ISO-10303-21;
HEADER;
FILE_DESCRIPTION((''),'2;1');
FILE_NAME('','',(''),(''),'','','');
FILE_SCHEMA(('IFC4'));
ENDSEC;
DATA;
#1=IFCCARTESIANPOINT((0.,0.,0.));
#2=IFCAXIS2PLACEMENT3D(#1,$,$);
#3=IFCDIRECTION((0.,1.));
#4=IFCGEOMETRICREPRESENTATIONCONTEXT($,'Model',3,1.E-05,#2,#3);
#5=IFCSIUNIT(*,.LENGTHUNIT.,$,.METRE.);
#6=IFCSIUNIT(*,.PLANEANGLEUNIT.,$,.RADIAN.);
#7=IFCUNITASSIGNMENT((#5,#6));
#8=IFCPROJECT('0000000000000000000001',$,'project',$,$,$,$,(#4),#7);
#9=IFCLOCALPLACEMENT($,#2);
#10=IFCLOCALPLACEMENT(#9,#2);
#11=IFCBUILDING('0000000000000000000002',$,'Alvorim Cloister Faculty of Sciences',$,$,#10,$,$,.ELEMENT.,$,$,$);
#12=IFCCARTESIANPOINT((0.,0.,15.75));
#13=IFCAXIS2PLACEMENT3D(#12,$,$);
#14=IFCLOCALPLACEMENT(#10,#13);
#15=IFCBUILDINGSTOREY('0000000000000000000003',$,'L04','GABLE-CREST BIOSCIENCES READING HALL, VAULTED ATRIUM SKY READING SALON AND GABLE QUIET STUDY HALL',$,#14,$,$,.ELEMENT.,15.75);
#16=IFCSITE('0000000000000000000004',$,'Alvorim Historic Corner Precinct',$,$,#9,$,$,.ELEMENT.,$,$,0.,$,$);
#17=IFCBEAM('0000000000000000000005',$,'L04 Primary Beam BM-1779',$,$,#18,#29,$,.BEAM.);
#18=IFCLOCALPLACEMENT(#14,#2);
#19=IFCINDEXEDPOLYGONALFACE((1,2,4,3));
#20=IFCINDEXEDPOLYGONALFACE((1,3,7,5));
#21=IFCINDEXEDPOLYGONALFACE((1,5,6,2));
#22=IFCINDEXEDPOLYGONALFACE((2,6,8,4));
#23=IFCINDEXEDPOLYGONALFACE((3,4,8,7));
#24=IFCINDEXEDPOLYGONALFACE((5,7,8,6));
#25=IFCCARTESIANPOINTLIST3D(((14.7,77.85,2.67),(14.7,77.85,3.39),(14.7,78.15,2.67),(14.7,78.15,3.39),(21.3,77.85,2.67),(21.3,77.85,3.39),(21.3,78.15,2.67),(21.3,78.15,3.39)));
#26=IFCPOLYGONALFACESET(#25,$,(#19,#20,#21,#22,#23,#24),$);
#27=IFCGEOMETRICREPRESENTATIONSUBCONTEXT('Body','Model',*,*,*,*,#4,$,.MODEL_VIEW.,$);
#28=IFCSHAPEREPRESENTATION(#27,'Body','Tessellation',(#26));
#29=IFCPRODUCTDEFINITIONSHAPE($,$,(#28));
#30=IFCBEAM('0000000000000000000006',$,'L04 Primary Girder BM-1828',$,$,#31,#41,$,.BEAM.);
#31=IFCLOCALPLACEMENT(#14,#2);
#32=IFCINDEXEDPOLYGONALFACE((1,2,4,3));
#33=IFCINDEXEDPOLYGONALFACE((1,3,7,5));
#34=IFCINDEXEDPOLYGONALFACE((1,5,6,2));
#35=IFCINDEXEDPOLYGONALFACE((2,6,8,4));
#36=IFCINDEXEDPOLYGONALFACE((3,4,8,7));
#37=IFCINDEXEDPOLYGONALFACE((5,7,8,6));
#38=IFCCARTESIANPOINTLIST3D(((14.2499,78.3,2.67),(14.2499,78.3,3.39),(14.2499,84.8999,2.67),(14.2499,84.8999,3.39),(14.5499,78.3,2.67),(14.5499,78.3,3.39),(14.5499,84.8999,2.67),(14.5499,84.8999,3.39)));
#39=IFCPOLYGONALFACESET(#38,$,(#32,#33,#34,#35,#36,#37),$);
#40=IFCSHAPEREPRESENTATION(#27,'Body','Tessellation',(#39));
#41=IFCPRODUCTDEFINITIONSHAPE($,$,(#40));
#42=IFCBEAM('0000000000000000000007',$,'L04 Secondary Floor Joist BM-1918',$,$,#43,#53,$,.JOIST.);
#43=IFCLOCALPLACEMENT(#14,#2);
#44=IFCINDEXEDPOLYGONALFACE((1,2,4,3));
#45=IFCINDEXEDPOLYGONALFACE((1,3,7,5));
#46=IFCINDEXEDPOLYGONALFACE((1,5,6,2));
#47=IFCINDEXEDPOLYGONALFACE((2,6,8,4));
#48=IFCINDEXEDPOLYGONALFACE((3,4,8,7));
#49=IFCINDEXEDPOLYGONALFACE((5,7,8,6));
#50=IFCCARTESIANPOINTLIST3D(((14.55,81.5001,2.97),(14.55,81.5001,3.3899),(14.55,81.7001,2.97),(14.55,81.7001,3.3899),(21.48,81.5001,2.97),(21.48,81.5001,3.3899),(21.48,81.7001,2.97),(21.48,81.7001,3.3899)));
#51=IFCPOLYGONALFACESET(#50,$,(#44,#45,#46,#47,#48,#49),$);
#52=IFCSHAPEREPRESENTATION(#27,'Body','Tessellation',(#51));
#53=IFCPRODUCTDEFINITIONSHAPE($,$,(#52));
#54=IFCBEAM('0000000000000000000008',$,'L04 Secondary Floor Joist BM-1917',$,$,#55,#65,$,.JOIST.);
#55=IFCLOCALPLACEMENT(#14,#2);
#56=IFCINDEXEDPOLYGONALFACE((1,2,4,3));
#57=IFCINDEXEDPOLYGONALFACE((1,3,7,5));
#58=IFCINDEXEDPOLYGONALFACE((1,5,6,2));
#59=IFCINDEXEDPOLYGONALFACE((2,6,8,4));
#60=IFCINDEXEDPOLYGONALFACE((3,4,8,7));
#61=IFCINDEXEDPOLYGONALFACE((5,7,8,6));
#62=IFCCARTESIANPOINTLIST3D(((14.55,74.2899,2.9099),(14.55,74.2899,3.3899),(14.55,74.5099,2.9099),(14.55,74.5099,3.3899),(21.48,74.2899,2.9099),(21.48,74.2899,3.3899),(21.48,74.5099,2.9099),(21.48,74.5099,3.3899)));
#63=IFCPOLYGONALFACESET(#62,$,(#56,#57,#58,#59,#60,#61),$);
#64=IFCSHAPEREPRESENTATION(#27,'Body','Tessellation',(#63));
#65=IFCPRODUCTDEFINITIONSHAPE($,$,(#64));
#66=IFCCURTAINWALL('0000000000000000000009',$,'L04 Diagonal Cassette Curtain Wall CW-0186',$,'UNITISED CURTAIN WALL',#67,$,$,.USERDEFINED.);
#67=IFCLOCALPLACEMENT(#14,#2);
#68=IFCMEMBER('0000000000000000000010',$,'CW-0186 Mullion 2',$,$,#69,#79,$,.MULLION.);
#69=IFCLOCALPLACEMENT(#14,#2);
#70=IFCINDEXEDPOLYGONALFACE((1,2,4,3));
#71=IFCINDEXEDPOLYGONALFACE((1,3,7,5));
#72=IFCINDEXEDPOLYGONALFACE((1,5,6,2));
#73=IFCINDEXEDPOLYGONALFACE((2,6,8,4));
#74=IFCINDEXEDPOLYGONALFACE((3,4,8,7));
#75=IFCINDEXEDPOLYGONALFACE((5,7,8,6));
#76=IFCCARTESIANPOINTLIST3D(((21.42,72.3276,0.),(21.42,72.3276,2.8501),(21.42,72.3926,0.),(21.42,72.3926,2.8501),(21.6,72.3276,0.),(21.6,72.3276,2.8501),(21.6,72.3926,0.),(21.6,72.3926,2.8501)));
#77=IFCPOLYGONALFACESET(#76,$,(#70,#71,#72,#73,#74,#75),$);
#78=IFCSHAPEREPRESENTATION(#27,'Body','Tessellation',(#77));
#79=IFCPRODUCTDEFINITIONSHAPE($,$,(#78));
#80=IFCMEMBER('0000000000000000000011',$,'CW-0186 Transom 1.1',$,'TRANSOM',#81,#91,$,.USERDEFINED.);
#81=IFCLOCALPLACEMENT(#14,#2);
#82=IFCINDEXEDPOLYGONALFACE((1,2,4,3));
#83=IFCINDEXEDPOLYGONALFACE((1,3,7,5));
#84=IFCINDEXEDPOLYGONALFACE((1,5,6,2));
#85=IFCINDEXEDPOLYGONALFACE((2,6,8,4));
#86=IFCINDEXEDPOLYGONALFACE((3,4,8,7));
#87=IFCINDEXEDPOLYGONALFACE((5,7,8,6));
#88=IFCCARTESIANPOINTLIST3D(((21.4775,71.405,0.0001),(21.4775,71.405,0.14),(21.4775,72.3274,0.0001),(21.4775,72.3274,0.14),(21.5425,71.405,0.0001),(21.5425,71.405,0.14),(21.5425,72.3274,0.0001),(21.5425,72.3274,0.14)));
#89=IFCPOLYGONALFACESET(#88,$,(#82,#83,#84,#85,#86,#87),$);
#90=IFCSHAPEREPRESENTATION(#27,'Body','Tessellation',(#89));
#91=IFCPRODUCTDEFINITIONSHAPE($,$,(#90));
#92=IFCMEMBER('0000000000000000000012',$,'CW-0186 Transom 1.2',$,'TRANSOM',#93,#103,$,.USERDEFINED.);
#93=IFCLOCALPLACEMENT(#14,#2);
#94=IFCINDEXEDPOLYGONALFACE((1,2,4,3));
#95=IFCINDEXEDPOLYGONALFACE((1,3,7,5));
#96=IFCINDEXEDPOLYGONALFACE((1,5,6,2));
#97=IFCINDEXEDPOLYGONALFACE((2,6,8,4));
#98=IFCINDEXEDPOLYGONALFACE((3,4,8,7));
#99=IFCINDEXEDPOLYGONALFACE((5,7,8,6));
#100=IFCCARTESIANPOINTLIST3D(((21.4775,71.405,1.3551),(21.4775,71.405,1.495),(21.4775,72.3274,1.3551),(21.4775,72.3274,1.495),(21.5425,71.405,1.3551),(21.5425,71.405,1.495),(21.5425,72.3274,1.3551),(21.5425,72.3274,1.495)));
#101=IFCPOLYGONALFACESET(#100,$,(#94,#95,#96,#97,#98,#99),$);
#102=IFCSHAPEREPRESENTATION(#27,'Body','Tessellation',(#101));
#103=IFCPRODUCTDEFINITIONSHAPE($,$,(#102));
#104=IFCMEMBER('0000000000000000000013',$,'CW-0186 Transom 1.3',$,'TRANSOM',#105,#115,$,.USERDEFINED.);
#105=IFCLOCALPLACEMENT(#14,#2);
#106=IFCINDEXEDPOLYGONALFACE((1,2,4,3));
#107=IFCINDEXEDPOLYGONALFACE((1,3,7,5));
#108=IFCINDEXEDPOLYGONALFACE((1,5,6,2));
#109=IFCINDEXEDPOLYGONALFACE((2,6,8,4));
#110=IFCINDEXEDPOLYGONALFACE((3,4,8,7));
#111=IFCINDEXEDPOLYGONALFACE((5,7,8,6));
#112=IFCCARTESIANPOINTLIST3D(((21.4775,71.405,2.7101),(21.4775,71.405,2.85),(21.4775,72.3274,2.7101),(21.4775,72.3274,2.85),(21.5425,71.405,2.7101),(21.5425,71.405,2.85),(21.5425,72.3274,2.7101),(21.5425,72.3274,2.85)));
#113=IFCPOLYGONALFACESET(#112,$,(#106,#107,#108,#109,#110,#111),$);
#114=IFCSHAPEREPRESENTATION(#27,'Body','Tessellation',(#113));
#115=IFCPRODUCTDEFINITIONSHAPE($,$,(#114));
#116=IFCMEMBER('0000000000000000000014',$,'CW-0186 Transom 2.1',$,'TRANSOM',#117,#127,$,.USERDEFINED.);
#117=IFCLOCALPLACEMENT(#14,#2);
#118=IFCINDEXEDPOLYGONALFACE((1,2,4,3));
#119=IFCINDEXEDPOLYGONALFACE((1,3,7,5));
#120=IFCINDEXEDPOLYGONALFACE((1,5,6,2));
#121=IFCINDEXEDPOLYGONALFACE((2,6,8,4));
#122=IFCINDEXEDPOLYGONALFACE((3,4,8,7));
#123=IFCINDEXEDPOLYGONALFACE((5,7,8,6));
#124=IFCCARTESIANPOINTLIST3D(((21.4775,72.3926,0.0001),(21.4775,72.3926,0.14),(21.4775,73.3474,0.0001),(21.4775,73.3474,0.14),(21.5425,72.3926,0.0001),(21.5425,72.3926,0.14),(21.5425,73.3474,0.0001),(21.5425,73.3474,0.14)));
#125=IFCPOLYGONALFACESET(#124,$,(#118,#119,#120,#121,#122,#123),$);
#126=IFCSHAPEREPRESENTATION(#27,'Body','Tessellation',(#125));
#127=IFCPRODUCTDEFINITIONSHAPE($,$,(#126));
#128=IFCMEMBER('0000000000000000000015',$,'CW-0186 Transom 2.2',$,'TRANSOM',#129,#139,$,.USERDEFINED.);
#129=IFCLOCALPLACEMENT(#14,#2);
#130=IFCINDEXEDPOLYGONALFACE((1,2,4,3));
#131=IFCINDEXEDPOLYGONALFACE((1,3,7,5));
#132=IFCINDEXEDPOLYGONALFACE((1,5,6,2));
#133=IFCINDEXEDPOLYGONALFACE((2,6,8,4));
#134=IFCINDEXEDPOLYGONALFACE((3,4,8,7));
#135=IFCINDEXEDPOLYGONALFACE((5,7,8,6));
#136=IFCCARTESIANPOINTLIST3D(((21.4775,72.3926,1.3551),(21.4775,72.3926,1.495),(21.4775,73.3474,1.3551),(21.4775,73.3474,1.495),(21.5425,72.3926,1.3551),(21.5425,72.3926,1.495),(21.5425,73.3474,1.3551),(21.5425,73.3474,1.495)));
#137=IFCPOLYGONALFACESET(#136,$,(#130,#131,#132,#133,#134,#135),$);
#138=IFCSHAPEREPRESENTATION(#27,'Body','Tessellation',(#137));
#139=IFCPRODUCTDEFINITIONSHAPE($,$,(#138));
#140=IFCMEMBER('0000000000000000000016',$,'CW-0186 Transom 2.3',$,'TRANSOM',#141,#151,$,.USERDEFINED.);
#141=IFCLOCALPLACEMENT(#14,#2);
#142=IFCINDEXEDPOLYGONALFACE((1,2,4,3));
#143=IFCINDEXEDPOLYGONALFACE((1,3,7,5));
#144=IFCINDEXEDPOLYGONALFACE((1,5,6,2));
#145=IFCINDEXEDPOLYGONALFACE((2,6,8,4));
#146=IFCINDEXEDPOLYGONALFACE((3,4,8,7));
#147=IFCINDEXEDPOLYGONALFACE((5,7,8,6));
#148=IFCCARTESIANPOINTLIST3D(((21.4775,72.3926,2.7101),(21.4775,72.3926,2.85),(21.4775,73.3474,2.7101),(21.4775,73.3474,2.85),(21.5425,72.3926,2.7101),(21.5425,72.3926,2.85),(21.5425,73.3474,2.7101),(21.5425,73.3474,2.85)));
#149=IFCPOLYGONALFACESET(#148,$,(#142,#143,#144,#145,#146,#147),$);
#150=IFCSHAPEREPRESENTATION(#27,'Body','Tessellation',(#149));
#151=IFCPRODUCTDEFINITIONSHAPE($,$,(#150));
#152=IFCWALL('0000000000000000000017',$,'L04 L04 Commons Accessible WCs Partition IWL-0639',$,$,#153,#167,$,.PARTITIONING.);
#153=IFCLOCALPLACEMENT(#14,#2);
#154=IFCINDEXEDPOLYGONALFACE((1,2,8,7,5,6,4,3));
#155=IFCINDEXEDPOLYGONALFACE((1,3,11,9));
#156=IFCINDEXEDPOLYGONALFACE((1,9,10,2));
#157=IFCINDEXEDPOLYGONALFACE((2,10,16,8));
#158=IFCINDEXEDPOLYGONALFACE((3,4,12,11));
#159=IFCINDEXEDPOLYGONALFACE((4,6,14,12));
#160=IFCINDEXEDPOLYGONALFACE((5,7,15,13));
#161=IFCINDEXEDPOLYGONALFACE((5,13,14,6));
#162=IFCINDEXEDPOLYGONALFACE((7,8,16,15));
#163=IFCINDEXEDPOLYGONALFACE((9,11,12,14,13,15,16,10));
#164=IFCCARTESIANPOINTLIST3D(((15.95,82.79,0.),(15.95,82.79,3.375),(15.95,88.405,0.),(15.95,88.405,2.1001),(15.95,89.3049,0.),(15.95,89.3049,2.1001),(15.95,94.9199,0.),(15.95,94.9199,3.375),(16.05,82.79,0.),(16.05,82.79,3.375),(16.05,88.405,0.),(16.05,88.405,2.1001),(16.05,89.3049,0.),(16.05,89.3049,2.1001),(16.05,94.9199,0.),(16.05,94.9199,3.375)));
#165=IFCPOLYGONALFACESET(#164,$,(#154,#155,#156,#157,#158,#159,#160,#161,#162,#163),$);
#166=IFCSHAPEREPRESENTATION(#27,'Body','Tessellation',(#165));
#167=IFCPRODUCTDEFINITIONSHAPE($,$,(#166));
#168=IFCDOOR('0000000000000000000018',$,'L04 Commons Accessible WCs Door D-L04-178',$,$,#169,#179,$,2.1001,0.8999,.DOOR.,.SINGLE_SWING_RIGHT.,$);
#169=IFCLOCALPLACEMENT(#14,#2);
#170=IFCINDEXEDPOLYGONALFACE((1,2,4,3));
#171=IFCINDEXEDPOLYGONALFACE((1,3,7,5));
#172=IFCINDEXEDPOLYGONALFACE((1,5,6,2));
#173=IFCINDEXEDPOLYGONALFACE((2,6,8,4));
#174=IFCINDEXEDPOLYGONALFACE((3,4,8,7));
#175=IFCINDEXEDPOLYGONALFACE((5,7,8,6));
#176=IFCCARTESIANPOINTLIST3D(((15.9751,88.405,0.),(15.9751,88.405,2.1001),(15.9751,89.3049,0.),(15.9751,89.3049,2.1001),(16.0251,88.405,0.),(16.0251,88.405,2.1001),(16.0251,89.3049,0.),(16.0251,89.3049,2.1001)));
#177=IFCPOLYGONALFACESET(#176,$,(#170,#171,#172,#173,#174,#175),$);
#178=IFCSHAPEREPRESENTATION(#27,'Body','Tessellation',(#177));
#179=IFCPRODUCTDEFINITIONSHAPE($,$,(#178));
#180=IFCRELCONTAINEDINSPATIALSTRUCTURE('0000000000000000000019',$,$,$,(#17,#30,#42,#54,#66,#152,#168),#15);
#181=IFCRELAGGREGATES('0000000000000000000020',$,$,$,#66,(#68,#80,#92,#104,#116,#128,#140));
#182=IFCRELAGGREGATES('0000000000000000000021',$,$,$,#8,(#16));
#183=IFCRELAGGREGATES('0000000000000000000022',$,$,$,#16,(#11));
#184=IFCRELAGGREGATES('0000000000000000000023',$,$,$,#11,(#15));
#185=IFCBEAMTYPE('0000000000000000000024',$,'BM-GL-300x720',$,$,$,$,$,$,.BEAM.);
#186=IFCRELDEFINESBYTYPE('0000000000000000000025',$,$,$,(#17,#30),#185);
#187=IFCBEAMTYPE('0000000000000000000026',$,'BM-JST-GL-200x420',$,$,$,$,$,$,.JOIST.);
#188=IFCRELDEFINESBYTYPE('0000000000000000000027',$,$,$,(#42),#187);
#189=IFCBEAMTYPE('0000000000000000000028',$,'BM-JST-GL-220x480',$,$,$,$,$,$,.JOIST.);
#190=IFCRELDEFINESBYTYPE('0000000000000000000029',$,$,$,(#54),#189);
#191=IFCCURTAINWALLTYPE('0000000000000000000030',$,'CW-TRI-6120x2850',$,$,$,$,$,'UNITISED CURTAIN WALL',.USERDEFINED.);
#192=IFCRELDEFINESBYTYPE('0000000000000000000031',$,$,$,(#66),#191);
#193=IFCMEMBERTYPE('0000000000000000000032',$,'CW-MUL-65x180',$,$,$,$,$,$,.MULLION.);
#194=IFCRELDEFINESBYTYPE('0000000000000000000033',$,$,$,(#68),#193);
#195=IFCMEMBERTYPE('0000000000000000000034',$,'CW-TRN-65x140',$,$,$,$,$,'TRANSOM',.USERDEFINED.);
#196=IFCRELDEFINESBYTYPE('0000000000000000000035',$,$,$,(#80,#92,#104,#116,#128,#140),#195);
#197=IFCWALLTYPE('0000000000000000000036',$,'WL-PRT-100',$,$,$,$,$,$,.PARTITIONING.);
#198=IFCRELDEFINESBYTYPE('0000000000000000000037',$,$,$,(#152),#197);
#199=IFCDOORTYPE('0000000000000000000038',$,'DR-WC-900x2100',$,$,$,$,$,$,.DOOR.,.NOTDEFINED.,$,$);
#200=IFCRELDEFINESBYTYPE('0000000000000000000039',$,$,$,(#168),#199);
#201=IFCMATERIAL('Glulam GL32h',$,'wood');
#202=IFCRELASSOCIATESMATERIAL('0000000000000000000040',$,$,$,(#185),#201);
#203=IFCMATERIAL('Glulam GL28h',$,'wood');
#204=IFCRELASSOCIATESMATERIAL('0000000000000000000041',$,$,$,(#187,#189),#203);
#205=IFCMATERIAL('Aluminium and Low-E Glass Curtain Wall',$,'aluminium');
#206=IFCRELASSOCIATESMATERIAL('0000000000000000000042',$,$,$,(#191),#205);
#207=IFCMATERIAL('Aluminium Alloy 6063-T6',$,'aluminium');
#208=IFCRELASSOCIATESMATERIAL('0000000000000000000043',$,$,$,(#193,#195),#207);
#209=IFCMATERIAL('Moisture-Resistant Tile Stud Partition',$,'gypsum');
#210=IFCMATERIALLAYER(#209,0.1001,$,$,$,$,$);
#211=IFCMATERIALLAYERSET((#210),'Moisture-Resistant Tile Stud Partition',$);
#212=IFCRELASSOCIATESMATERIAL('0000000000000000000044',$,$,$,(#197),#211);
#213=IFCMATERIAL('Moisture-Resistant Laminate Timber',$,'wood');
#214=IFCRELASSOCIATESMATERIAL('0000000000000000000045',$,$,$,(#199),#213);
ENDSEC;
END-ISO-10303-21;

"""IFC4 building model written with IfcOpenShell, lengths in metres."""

from ifc_helpers import new_model, si_unit, direction, frame, frame_2d, origin, origin_2d, place, context, subcontext, project, spatial, rectangle, extrude, material, layer, layer_set, material_profile, profile_set, type_object, element, fill, aggregate, save


model = new_model("IFC4")

# Units and contexts
model_context = context("Model", 3, precision=1e-05, world=origin(), true_north=direction((0.0, 1.0)))
body_context = subcontext(model_context, "Body", "Model", "MODEL_VIEW")
ifc_project = project(units=[si_unit("LENGTHUNIT", "METRE"), si_unit("PLANEANGLEUNIT", "RADIAN")], contexts=[model_context])

# Site, building, storey
site_placement = place(None, origin())
site = spatial("IfcSite", under=ifc_project, at=site_placement, Name="Alvorim Historic Corner Precinct", CompositionType="ELEMENT", RefElevation=0.0)
building_placement = place(site_placement, origin())
building = spatial("IfcBuilding", under=site, at=building_placement, Name="Alvorim Cloister Faculty of Sciences", CompositionType="ELEMENT")
storey_placement = place(building_placement, frame((0.0, 0.0, 15.75)))
storey = spatial("IfcBuildingStorey", under=building, at=storey_placement, Name="L04", Description="GABLE-CREST BIOSCIENCES READING HALL, VAULTED ATRIUM SKY READING SALON AND GABLE QUIET STUDY HALL", CompositionType="ELEMENT", Elevation=15.75)

# Beams
ifc_material_1 = material(Name="Glulam GL32h", Category="wood")
ifc_material_profile_1 = material_profile(ifc_material_1, rectangle(XDim=0.3, YDim=0.72, at=origin_2d()), Name="GL32-BM-300x720")
ifc_profile_set_1 = profile_set([ifc_material_profile_1], Name="Glulam GL32h")
beam_type_1 = type_object("IfcBeamType", Name="BM-GL-300x720", PredefinedType="BEAM", material=ifc_profile_set_1)
beam_1_placement = place(storey_placement, frame((14.7, 78.0, 3.03), z_axis=(1.0, 0.0, 0.0), x_axis=(0.0, 1.0, 0.0)))
element("IfcBeam", 1, at=beam_1_placement, inside=storey, type_object=beam_type_1, Name="L04 Primary Beam BM-1779", PredefinedType="BEAM", context=body_context, shape_type="SweptSolid", body=[
    extrude(rectangle(XDim=0.3, YDim=0.72, at=origin_2d()), origin(), (0.0, 0.0, 1.0), 6.6001),
])
beam_2_placement = place(storey_placement, frame((14.3999, 78.3, 3.03), z_axis=(0.0, 1.0, 0.0), x_axis=(-1.0, 0.0, 0.0)))
element("IfcBeam", 2, at=beam_2_placement, inside=storey, type_object=beam_type_1, Name="L04 Primary Girder BM-1828", PredefinedType="BEAM", context=body_context, shape_type="SweptSolid", body=[
    extrude(rectangle(XDim=0.3, YDim=0.72, at=origin_2d()), origin(), (0.0, 0.0, 1.0), 6.5999),
])
ifc_material_2 = material(Name="Glulam GL28h", Category="wood")
ifc_material_profile_2 = material_profile(ifc_material_2, rectangle(XDim=0.2, YDim=0.4199, at=origin_2d()), Name="GL28-JST-200x420")
ifc_profile_set_2 = profile_set([ifc_material_profile_2], Name="Glulam GL28h")
beam_type_2 = type_object("IfcBeamType", Name="BM-JST-GL-200x420", PredefinedType="JOIST", material=ifc_profile_set_2)
beam_3_placement = place(storey_placement, frame((14.55, 81.6001, 3.1799), z_axis=(1.0, 0.0, 0.0), x_axis=(0.0, 1.0, 0.0)))
element("IfcBeam", 3, at=beam_3_placement, inside=storey, type_object=beam_type_2, Name="L04 Secondary Floor Joist BM-1918", PredefinedType="JOIST", context=body_context, shape_type="SweptSolid", body=[
    extrude(rectangle(XDim=0.2, YDim=0.4199, at=origin_2d()), origin(), (0.0, 0.0, 1.0), 6.9299),
])
ifc_material_profile_3 = material_profile(ifc_material_2, rectangle(XDim=0.22, YDim=0.48, at=origin_2d()), Name="GL28-JST-220x480")
ifc_profile_set_3 = profile_set([ifc_material_profile_3], Name="Glulam GL28h")
beam_type_3 = type_object("IfcBeamType", Name="BM-JST-GL-220x480", PredefinedType="JOIST", material=ifc_profile_set_3)
beam_4_placement = place(storey_placement, frame((14.55, 74.3999, 3.1499), z_axis=(1.0, 0.0, 0.0), x_axis=(0.0, 1.0, 0.0)))
element("IfcBeam", 4, at=beam_4_placement, inside=storey, type_object=beam_type_3, Name="L04 Secondary Floor Joist BM-1917", PredefinedType="JOIST", context=body_context, shape_type="SweptSolid", body=[
    extrude(rectangle(XDim=0.22, YDim=0.48, at=origin_2d()), origin(), (0.0, 0.0, 1.0), 6.9299),
])

# Curtain wall, members
ifc_material_3 = material(Name="Aluminium and Low-E Glass Curtain Wall", Category="aluminium")
curtain_wall_type = type_object("IfcCurtainWallType", Name="CW-TRI-6120x2850", ElementType="UNITISED CURTAIN WALL", PredefinedType="USERDEFINED", material=ifc_material_3)
curtain_wall_placement = place(storey_placement, origin())
curtain_wall = element("IfcCurtainWall", 5, at=curtain_wall_placement, inside=storey, type_object=curtain_wall_type, Name="L04 Diagonal Cassette Curtain Wall CW-0186", ObjectType="UNITISED CURTAIN WALL", PredefinedType="USERDEFINED")
ifc_material_4 = material(Name="Aluminium Alloy 6063-T6", Category="aluminium")
ifc_material_profile_4 = material_profile(ifc_material_4, rectangle(XDim=0.0649, YDim=0.1799, at=origin_2d()), Name="ALU-MUL-65x180")
ifc_profile_set_4 = profile_set([ifc_material_profile_4], Name="Aluminium Alloy 6063-T6")
member_type_1 = type_object("IfcMemberType", Name="CW-MUL-65x180", PredefinedType="MULLION", material=ifc_profile_set_4)
member_1_placement = place(storey_placement, frame((21.51, 72.3601, 0.0), z_axis=(0.0, 0.0, 1.0), x_axis=(0.0, 1.0, 0.0)))
member_1 = element("IfcMember", 6, at=member_1_placement, type_object=member_type_1, Name="CW-0186 Mullion 2", PredefinedType="MULLION", context=body_context, shape_type="SweptSolid", body=[
    extrude(rectangle(XDim=0.0649, YDim=0.1799, at=origin_2d()), origin(), (0.0, 0.0, 1.0), 2.8501),
])
ifc_material_profile_5 = material_profile(ifc_material_4, rectangle(XDim=0.0649, YDim=0.1399, at=origin_2d()), Name="ALU-TRN-65x140")
ifc_profile_set_5 = profile_set([ifc_material_profile_5], Name="Aluminium Alloy 6063-T6")
member_type_2 = type_object("IfcMemberType", Name="CW-TRN-65x140", ElementType="TRANSOM", PredefinedType="USERDEFINED", material=ifc_profile_set_5)
member_2_placement = place(storey_placement, frame((21.51, 71.405, 0.0701), z_axis=(0.0, 1.0, 0.0), x_axis=(-1.0, 0.0, 0.0)))
member_2 = element("IfcMember", 7, at=member_2_placement, type_object=member_type_2, Name="CW-0186 Transom 1.1", ObjectType="TRANSOM", PredefinedType="USERDEFINED", context=body_context, shape_type="SweptSolid", body=[
    extrude(rectangle(XDim=0.0649, YDim=0.1399, at=origin_2d()), origin(), (0.0, 0.0, 1.0), 0.9224),
])
member_3_placement = place(storey_placement, frame((21.51, 71.405, 1.425), z_axis=(0.0, 1.0, 0.0), x_axis=(-1.0, 0.0, 0.0)))
member_3 = element("IfcMember", 8, at=member_3_placement, type_object=member_type_2, Name="CW-0186 Transom 1.2", ObjectType="TRANSOM", PredefinedType="USERDEFINED", context=body_context, shape_type="SweptSolid", body=[
    extrude(rectangle(XDim=0.0649, YDim=0.1399, at=origin_2d()), origin(), (0.0, 0.0, 1.0), 0.9224),
])
member_4_placement = place(storey_placement, frame((21.51, 71.405, 2.78), z_axis=(0.0, 1.0, 0.0), x_axis=(-1.0, 0.0, 0.0)))
member_4 = element("IfcMember", 9, at=member_4_placement, type_object=member_type_2, Name="CW-0186 Transom 1.3", ObjectType="TRANSOM", PredefinedType="USERDEFINED", context=body_context, shape_type="SweptSolid", body=[
    extrude(rectangle(XDim=0.0649, YDim=0.1399, at=origin_2d()), origin(), (0.0, 0.0, 1.0), 0.9224),
])
member_5_placement = place(storey_placement, frame((21.51, 72.3926, 0.0701), z_axis=(0.0, 1.0, 0.0), x_axis=(-1.0, 0.0, 0.0)))
member_5 = element("IfcMember", 10, at=member_5_placement, type_object=member_type_2, Name="CW-0186 Transom 2.1", ObjectType="TRANSOM", PredefinedType="USERDEFINED", context=body_context, shape_type="SweptSolid", body=[
    extrude(rectangle(XDim=0.0649, YDim=0.1399, at=origin_2d()), origin(), (0.0, 0.0, 1.0), 0.9548),
])
member_6_placement = place(storey_placement, frame((21.51, 72.3926, 1.425), z_axis=(0.0, 1.0, 0.0), x_axis=(-1.0, 0.0, 0.0)))
member_6 = element("IfcMember", 11, at=member_6_placement, type_object=member_type_2, Name="CW-0186 Transom 2.2", ObjectType="TRANSOM", PredefinedType="USERDEFINED", context=body_context, shape_type="SweptSolid", body=[
    extrude(rectangle(XDim=0.0649, YDim=0.1399, at=origin_2d()), origin(), (0.0, 0.0, 1.0), 0.9548),
])
member_7_placement = place(storey_placement, frame((21.51, 72.3926, 2.78), z_axis=(0.0, 1.0, 0.0), x_axis=(-1.0, 0.0, 0.0)))
member_7 = element("IfcMember", 12, at=member_7_placement, type_object=member_type_2, Name="CW-0186 Transom 2.3", ObjectType="TRANSOM", PredefinedType="USERDEFINED", context=body_context, shape_type="SweptSolid", body=[
    extrude(rectangle(XDim=0.0649, YDim=0.1399, at=origin_2d()), origin(), (0.0, 0.0, 1.0), 0.9548),
])
aggregate(curtain_wall, [member_1, member_2, member_3, member_4, member_5, member_6, member_7])

# Wall, opening, door
ifc_material_5 = material(Name="Moisture-Resistant Tile Stud Partition", Category="gypsum")
ifc_layer_1 = layer(ifc_material_5, 0.1001)
ifc_layer_set_1 = layer_set([ifc_layer_1], Name="Moisture-Resistant Tile Stud Partition")
wall_type_1 = type_object("IfcWallType", Name="WL-PRT-100", PredefinedType="PARTITIONING", material=ifc_layer_set_1)
wall_1_placement = place(storey_placement, frame((16.0, 82.79, 0.0), z_axis=(0.0, 0.0, 1.0), x_axis=(0.0, 1.0, 0.0)))
wall_1 = element("IfcWall", 13, at=wall_1_placement, inside=storey, type_object=wall_type_1, Name="L04 L04 Commons Accessible WCs Partition IWL-0639", PredefinedType="PARTITIONING", context=body_context, shape_type="SweptSolid", body=[
    extrude(rectangle(XDim=12.1299, YDim=0.1001, at=frame_2d((6.0649, 0.0))), origin(), (0.0, 0.0, 1.0), 3.375),
])
opening_1_placement = place(wall_1_placement, frame((5.615, 0.0, 0.0)))
opening_1 = element("IfcOpeningElement", 14, at=opening_1_placement, cuts=wall_1, PredefinedType="OPENING", context=body_context, shape_type="SweptSolid", body=[
    extrude(rectangle(XDim=0.8999, YDim=2.1001, at=frame_2d((0.45, 1.05))), frame((0.0, 0.062, 0.0), z_axis=(0.0, -1.0, 0.0), x_axis=(1.0, 0.0, 0.0)), (0.0, 0.0, 1.0), 0.124),
])
ifc_material_6 = material(Name="Moisture-Resistant Laminate Timber", Category="wood")
door_type_1 = type_object("IfcDoorType", Name="DR-WC-900x2100", OperationType="NOTDEFINED", PredefinedType="DOOR", material=ifc_material_6)
door_1_placement = place(opening_1_placement, origin())
door_1 = element("IfcDoor", 15, at=door_1_placement, inside=storey, type_object=door_type_1, Name="L04 Commons Accessible WCs Door D-L04-178", OperationType="SINGLE_SWING_RIGHT", OverallHeight=2.1001, OverallWidth=0.8999, PredefinedType="DOOR", context=body_context, shape_type="SweptSolid", body=[
    extrude(rectangle(XDim=0.8999, YDim=2.1001, at=frame_2d((0.45, 1.05))), frame((0.0, 0.0249, 0.0), z_axis=(0.0, -1.0, 0.0), x_axis=(1.0, 0.0, 0.0)), (0.0, 0.0, 1.0), 0.05),
])
fill(opening_1, door_1)

save(model, "model.ifc")
